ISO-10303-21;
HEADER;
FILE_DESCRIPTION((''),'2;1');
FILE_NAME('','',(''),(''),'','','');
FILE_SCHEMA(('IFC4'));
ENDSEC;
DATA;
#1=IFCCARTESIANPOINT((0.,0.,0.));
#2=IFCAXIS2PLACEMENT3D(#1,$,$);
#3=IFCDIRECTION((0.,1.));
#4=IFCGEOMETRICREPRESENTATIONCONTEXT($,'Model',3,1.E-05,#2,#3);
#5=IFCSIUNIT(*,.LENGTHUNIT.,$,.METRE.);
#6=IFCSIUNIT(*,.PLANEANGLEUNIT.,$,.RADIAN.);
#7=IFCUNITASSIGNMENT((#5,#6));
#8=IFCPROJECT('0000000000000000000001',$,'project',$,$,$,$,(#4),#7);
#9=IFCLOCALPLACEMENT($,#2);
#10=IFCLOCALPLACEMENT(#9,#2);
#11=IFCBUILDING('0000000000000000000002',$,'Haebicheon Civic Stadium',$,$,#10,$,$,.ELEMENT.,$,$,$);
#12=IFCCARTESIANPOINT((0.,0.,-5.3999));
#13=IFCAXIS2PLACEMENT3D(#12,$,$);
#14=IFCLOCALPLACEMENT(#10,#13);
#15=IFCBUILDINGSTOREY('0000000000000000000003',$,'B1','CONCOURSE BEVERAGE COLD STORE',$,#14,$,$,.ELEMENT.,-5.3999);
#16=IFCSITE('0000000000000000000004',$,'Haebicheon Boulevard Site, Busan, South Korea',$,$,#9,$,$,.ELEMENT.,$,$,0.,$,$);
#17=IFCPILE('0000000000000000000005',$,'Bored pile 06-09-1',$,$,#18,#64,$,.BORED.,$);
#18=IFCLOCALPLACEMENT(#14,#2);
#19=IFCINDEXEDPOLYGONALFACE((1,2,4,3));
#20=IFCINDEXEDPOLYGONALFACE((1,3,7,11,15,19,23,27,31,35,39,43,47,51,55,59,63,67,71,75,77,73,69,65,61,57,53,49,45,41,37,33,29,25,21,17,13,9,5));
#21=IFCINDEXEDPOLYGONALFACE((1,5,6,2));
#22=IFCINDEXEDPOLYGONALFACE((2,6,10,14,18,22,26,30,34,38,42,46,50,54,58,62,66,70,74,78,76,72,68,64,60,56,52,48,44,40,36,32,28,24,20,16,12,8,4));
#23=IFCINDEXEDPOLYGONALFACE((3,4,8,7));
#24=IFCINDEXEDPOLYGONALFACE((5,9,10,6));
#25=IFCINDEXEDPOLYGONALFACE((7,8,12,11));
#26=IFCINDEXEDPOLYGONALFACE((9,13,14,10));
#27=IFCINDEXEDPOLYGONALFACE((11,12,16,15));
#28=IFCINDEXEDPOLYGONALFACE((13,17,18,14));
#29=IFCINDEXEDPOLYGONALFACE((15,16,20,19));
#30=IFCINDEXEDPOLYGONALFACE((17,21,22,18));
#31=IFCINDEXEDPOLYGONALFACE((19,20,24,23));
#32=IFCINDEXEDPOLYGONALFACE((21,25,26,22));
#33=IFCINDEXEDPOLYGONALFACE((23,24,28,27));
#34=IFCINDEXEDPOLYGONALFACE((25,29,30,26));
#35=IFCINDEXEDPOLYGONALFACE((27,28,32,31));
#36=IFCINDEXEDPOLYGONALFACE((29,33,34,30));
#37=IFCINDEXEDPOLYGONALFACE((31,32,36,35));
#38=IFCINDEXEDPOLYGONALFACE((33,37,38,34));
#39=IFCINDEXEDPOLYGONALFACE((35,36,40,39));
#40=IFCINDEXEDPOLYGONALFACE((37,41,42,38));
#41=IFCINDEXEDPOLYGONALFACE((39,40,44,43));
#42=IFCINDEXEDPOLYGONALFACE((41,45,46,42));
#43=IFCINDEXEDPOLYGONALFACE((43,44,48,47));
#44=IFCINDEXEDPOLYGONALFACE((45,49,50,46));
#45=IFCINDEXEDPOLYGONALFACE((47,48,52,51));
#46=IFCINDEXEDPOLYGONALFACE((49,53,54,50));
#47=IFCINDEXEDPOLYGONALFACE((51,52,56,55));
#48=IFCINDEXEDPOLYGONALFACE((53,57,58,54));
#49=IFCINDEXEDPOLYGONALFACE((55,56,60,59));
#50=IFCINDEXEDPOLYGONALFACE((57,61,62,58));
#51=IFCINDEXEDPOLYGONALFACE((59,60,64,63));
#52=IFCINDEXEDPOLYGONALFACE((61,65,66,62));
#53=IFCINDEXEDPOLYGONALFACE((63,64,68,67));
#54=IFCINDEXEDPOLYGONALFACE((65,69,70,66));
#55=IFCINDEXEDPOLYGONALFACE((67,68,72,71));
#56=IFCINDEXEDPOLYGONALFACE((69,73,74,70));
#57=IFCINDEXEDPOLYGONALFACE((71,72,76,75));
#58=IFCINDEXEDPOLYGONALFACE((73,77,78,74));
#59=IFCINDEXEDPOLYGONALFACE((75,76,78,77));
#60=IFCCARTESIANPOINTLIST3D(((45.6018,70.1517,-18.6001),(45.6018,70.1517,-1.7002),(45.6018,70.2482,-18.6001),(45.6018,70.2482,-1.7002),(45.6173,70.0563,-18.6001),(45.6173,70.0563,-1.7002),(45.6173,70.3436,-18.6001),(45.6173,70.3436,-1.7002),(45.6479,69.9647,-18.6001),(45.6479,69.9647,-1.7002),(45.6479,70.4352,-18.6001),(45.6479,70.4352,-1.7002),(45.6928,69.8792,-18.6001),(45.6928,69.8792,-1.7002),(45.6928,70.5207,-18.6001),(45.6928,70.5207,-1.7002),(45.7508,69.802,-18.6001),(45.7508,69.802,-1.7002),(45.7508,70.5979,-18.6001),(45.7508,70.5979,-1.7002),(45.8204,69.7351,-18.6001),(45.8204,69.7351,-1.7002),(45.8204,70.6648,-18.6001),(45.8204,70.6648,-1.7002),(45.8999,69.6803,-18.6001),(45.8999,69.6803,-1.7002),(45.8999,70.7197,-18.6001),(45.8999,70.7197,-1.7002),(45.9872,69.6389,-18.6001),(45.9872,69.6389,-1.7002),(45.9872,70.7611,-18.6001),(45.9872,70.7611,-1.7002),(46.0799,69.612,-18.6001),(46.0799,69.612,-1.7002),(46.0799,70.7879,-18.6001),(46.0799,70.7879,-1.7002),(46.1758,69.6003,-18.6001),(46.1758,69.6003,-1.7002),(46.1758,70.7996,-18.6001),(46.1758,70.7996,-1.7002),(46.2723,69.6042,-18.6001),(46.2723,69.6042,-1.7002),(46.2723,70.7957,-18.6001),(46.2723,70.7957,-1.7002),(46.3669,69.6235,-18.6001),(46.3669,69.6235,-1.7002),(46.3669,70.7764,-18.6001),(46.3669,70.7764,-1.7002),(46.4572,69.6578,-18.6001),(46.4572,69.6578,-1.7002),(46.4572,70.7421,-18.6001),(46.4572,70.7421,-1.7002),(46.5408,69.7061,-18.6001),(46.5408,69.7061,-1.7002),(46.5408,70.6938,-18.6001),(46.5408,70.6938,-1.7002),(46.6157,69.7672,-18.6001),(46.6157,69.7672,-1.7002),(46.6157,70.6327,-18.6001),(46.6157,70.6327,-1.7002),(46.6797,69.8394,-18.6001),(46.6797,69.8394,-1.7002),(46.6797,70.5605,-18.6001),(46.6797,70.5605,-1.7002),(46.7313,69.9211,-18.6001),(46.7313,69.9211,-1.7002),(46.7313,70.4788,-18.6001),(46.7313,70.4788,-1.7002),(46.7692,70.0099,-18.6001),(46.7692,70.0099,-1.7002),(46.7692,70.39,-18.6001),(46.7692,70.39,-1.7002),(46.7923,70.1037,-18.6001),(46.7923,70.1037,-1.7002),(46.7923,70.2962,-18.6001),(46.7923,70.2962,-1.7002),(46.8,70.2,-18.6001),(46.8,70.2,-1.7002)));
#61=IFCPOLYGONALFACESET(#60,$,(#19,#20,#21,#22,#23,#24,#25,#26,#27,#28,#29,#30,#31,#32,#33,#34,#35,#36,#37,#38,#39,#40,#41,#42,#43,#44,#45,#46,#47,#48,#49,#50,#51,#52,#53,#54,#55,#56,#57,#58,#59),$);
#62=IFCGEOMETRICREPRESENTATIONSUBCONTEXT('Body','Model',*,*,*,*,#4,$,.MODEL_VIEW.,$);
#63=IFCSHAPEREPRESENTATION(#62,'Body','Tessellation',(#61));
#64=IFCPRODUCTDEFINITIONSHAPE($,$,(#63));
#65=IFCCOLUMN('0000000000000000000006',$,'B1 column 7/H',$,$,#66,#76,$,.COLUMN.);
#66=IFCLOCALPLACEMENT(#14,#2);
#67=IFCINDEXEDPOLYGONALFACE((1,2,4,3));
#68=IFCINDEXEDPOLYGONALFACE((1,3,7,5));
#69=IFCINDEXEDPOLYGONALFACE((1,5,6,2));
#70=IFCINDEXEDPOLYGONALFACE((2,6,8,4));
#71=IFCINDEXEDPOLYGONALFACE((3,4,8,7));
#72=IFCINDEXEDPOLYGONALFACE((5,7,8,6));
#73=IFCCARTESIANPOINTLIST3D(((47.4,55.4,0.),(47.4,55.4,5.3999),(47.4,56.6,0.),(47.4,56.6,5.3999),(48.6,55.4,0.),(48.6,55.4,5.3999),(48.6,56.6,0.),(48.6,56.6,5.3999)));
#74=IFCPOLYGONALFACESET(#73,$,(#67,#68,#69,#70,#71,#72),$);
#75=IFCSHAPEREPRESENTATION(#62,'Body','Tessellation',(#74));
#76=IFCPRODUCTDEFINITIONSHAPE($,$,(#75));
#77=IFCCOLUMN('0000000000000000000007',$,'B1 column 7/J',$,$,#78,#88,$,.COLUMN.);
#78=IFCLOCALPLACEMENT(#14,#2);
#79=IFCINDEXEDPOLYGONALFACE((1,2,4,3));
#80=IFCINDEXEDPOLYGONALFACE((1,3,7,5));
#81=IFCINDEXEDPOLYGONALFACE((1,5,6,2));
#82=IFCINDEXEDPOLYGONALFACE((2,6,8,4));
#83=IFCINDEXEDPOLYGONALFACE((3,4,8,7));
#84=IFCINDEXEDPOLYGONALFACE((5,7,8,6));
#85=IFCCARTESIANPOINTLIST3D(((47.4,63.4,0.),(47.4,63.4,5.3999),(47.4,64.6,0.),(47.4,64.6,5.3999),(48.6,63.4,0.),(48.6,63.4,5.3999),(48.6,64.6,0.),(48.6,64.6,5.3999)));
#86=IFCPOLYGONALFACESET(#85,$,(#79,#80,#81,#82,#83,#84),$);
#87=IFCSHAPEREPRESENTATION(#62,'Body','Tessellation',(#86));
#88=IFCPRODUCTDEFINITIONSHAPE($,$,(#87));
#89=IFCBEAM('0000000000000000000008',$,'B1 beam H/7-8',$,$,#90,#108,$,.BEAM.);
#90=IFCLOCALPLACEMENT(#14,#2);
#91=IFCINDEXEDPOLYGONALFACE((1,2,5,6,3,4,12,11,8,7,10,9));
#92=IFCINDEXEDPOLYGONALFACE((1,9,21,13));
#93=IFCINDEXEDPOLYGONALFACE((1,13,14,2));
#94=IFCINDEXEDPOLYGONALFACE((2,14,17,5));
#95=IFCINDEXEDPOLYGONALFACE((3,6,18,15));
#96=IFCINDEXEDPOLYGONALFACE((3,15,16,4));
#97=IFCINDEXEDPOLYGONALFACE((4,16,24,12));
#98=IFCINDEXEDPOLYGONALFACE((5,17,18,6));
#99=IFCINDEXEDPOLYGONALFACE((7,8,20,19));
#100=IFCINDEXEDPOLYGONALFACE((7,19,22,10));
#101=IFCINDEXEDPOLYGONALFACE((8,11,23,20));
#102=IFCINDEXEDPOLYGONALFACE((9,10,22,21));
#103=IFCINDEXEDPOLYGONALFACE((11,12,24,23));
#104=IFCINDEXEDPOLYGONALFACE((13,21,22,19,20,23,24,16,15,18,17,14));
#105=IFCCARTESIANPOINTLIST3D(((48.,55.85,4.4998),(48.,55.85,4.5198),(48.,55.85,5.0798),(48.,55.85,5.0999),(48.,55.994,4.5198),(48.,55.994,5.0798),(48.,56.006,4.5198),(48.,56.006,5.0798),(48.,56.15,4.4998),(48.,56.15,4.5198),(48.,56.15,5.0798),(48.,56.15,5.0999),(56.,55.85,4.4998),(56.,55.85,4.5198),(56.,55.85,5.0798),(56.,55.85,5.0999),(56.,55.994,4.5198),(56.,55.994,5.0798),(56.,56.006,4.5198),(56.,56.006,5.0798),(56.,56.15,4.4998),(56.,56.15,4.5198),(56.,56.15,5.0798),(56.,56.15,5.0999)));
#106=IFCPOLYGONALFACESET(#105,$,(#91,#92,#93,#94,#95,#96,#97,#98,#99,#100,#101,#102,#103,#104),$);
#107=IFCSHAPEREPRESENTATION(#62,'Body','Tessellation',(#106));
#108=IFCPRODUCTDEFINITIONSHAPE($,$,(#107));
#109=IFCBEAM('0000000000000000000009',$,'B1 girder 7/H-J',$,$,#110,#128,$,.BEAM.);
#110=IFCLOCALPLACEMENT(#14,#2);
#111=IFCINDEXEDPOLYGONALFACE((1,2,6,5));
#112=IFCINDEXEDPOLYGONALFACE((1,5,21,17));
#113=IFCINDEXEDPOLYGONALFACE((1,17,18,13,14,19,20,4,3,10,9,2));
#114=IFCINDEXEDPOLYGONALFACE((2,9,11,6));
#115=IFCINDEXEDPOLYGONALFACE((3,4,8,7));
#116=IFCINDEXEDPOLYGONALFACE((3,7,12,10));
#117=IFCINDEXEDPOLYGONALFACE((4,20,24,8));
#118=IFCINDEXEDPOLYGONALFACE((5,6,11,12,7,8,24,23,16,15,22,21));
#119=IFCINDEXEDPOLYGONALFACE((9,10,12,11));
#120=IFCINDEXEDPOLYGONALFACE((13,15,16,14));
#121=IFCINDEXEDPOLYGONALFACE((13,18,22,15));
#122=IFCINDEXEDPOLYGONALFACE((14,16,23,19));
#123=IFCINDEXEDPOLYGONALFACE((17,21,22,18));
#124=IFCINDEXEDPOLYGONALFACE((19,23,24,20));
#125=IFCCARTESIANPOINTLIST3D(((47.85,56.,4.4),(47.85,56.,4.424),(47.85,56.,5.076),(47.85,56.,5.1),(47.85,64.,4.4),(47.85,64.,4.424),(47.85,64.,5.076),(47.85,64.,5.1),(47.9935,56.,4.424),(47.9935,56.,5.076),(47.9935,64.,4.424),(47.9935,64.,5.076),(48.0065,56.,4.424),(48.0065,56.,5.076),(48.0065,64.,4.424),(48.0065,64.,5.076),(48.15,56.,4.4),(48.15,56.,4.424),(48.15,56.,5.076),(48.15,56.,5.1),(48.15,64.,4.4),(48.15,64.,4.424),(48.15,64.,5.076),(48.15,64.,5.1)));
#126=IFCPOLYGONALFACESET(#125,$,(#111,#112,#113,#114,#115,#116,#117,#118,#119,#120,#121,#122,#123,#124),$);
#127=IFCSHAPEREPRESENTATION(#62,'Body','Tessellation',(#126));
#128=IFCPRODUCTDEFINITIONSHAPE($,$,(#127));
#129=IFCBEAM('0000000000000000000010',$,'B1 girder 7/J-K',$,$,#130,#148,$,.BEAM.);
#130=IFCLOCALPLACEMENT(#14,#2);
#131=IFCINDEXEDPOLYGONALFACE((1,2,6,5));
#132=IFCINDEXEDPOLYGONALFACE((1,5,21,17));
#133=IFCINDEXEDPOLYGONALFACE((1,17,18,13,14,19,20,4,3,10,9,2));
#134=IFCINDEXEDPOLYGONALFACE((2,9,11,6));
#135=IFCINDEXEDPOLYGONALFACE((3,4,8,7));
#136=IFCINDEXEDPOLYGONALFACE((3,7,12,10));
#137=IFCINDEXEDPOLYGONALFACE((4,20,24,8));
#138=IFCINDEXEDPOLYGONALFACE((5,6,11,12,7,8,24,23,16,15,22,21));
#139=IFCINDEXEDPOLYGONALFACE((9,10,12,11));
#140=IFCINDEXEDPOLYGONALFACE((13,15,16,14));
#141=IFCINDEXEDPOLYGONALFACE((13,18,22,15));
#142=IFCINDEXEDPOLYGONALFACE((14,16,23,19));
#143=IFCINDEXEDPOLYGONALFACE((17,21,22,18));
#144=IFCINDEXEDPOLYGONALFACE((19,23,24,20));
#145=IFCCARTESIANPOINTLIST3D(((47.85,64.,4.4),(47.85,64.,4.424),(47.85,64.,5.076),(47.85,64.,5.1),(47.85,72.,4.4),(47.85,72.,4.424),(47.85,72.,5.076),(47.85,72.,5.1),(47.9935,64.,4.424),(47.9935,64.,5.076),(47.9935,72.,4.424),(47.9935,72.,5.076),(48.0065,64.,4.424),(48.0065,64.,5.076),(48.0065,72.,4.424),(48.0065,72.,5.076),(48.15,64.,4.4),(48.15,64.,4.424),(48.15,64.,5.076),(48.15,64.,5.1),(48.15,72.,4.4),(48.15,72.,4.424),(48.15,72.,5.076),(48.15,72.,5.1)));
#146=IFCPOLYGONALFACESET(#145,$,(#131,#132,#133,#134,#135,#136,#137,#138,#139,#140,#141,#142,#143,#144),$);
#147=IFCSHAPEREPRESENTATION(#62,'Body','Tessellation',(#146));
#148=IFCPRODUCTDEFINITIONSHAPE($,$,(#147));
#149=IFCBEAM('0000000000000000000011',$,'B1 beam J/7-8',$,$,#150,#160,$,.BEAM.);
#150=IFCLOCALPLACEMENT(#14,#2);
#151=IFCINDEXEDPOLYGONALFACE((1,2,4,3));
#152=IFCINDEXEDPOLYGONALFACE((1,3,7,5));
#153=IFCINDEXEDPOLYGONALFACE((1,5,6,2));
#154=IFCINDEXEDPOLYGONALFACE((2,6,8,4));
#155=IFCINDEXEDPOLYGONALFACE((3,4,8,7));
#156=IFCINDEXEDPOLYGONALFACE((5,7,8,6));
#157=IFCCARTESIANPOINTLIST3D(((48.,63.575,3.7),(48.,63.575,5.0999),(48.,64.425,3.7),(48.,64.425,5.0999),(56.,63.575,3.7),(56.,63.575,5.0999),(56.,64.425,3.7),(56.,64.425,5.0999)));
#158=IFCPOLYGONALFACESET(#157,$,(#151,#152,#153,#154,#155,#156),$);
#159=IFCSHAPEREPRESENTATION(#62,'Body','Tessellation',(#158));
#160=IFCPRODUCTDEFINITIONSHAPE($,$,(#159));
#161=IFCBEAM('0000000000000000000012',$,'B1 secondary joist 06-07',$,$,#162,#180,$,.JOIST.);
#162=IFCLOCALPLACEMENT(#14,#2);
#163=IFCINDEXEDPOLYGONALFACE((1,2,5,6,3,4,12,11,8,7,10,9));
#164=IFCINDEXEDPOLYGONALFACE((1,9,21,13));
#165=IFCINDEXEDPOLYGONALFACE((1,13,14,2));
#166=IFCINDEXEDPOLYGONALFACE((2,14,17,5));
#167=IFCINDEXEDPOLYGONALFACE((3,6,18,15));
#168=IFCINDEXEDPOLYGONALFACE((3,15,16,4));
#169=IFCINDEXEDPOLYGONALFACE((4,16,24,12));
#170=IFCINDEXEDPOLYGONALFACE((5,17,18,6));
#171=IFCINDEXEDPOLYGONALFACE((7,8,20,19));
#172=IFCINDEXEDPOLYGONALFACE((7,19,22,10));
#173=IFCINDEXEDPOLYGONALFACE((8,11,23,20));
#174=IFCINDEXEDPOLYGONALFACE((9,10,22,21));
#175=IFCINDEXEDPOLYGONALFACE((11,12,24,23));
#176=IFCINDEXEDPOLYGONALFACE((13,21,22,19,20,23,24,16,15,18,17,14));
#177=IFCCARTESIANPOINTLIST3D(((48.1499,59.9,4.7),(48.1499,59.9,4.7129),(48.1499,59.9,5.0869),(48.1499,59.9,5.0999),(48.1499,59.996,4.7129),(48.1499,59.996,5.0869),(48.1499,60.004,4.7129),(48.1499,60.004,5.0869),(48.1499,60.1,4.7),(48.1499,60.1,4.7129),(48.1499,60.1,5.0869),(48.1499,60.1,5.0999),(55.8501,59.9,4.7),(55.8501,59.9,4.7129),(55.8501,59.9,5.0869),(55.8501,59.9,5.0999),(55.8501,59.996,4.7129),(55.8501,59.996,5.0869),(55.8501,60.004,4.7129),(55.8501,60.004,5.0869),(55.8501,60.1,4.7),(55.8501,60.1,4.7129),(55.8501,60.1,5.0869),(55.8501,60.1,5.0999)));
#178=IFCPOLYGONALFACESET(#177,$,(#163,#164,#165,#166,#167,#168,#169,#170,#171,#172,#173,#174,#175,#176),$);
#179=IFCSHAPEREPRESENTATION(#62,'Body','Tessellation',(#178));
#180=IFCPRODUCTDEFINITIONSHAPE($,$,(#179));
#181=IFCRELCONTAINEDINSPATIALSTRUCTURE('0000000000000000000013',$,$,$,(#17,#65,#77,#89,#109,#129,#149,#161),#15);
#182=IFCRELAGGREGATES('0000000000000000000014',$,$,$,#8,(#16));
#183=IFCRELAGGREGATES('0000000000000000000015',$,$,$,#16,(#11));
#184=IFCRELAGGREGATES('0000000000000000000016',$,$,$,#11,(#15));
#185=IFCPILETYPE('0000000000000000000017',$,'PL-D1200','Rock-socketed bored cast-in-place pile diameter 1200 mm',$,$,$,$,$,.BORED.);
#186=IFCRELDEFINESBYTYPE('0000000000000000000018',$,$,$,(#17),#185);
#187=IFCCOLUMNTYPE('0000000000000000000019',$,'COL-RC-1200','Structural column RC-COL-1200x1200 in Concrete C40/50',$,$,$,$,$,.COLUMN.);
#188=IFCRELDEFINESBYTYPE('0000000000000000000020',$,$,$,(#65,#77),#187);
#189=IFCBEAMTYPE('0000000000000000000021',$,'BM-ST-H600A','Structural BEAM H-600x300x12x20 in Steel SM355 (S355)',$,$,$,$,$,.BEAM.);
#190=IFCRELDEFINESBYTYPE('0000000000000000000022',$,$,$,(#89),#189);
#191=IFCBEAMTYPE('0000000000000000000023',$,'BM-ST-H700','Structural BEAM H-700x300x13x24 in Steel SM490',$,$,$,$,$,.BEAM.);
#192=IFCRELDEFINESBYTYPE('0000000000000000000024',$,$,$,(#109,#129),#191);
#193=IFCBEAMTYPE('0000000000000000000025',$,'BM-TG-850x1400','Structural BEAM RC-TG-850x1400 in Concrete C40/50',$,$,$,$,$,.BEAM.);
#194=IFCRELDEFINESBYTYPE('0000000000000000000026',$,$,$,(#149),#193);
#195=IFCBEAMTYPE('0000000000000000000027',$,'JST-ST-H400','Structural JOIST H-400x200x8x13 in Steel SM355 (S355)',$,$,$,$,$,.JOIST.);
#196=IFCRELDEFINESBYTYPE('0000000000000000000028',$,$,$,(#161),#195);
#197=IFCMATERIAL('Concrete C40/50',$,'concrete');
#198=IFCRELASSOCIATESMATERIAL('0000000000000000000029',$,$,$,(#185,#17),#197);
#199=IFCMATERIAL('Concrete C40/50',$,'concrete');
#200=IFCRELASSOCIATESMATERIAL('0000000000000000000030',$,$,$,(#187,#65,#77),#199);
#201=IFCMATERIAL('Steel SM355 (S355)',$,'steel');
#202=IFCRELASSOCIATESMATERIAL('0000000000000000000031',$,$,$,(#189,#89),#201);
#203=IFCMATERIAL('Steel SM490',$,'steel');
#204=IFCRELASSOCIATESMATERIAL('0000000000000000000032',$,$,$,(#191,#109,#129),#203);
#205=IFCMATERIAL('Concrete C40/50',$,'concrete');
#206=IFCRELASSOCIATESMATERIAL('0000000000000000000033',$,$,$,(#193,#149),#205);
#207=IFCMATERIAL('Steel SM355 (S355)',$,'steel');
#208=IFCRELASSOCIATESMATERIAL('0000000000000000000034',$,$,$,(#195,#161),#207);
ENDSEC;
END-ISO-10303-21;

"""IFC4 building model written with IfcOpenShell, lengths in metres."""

from ifc_helpers import new_model, si_unit, direction, frame, origin, origin_2d, place, context, subcontext, project, spatial, rectangle, circle, i_section, extrude, material, material_profile, profile_set, type_object, element, save


model = new_model("IFC4")

# Units and contexts
model_context = context("Model", 3, precision=1e-05, world=origin(), true_north=direction((0.0, 1.0)))
body_context = subcontext(model_context, "Body", "Model", "MODEL_VIEW")
ifc_project = project(units=[si_unit("LENGTHUNIT", "METRE"), si_unit("PLANEANGLEUNIT", "RADIAN")], contexts=[model_context])

# Site, building, storey
site_placement = place(None, origin())
site = spatial("IfcSite", under=ifc_project, at=site_placement, Name="Haebicheon Boulevard Site, Busan, South Korea", CompositionType="ELEMENT", RefElevation=0.0)
building_placement = place(site_placement, origin())
building = spatial("IfcBuilding", under=site, at=building_placement, Name="Haebicheon Civic Stadium", CompositionType="ELEMENT")
storey_placement = place(building_placement, frame((0.0, 0.0, -5.3999)))
storey = spatial("IfcBuildingStorey", under=building, at=storey_placement, Name="B1", Description="CONCOURSE BEVERAGE COLD STORE", CompositionType="ELEMENT", Elevation=-5.3999)

# Pile
ifc_material_1 = material(Name="Concrete C40/50", Category="concrete")
ifc_material_profile_1 = material_profile(ifc_material_1, circle(Radius=0.6001, at=origin_2d()), Name="PILE-D1200")
ifc_profile_set_1 = profile_set([ifc_material_profile_1], Name="Concrete C40/50")
pile_type = type_object("IfcPileType", Name="PL-D1200", Description="Rock-socketed bored cast-in-place pile diameter 1200 mm", PredefinedType="BORED", material=ifc_profile_set_1)
pile_placement = place(storey_placement, frame((46.2, 70.2, -1.7002), z_axis=(0.0, 0.0, -1.0), x_axis=(1.0, 0.0, 0.0)))
element("IfcPile", 1, at=pile_placement, inside=storey, type_object=pile_type, material=ifc_profile_set_1, Name="Bored pile 06-09-1", PredefinedType="BORED", context=body_context, shape_type="SweptSolid", body=[
    extrude(circle(Radius=0.6001, at=origin_2d()), origin(), (0.0, 0.0, 1.0), 16.8999),
])

# Columns
ifc_material_2 = material(Name="Concrete C40/50", Category="concrete")
ifc_material_profile_2 = material_profile(ifc_material_2, rectangle(XDim=1.2, YDim=1.2, at=origin_2d()), Name="RC-COL-1200x1200")
ifc_profile_set_2 = profile_set([ifc_material_profile_2], Name="Concrete C40/50")
column_type = type_object("IfcColumnType", Name="COL-RC-1200", Description="Structural column RC-COL-1200x1200 in Concrete C40/50", PredefinedType="COLUMN", material=ifc_profile_set_2)
for number, where, z_axis, x_axis, name in (
    (2, (48.0, 56.0, 0.0), (0.0, 0.0, 1.0), (1.0, 0.0, 0.0), "B1 column 7/H"),
    (3, (48.0, 64.0, 0.0), (0.0, 0.0, 1.0), (1.0, 0.0, 0.0), "B1 column 7/J"),
):
    element("IfcColumn", number, at=place(storey_placement, frame(where, z_axis=z_axis, x_axis=x_axis)), inside=storey, type_object=column_type, material=ifc_profile_set_2, Name=name, PredefinedType="COLUMN", context=body_context, shape_type="SweptSolid", body=[
        extrude(rectangle(XDim=1.2, YDim=1.2, at=origin_2d()), origin(), (0.0, 0.0, 1.0), 5.3999),
    ])

# Beams
ifc_material_3 = material(Name="Steel SM355 (S355)", Category="steel")
ifc_material_profile_3 = material_profile(ifc_material_3, i_section(OverallWidth=0.3, OverallDepth=0.6001, WebThickness=0.012, FlangeThickness=0.02, at=origin_2d()), Name="H-600x300x12x20")
ifc_profile_set_3 = profile_set([ifc_material_profile_3], Name="Steel SM355 (S355)")
beam_type_1 = type_object("IfcBeamType", Name="BM-ST-H600A", Description="Structural BEAM H-600x300x12x20 in Steel SM355 (S355)", PredefinedType="BEAM", material=ifc_profile_set_3)
beam_1_placement = place(storey_placement, frame((48.0, 56.0, 4.7998), z_axis=(1.0, 0.0, 0.0), x_axis=(0.0, 1.0, 0.0)))
element("IfcBeam", 4, at=beam_1_placement, inside=storey, type_object=beam_type_1, material=ifc_profile_set_3, Name="B1 beam H/7-8", PredefinedType="BEAM", context=body_context, shape_type="SweptSolid", body=[
    extrude(i_section(OverallWidth=0.3, OverallDepth=0.6001, WebThickness=0.012, FlangeThickness=0.02, at=origin_2d()), origin(), (0.0, 0.0, 1.0), 8.0),
])
ifc_material_4 = material(Name="Steel SM490", Category="steel")
ifc_material_profile_4 = material_profile(ifc_material_4, i_section(OverallWidth=0.3, OverallDepth=0.7, WebThickness=0.0129, FlangeThickness=0.0239, at=origin_2d()), Name="H-700x300x13x24")
ifc_profile_set_4 = profile_set([ifc_material_profile_4], Name="Steel SM490")
beam_type_2 = type_object("IfcBeamType", Name="BM-ST-H700", Description="Structural BEAM H-700x300x13x24 in Steel SM490", PredefinedType="BEAM", material=ifc_profile_set_4)
for number, where, z_axis, x_axis, name in (
    (5, (48.0, 56.0, 4.75), (0.0, 1.0, 0.0), (-1.0, 0.0, 0.0), "B1 girder 7/H-J"),
    (6, (48.0, 64.0, 4.75), (0.0, 1.0, 0.0), (-1.0, 0.0, 0.0), "B1 girder 7/J-K"),
):
    element("IfcBeam", number, at=place(storey_placement, frame(where, z_axis=z_axis, x_axis=x_axis)), inside=storey, type_object=beam_type_2, material=ifc_profile_set_4, Name=name, PredefinedType="BEAM", context=body_context, shape_type="SweptSolid", body=[
        extrude(i_section(OverallWidth=0.3, OverallDepth=0.7, WebThickness=0.0129, FlangeThickness=0.0239, at=origin_2d()), origin(), (0.0, 0.0, 1.0), 8.0),
    ])
ifc_material_5 = material(Name="Concrete C40/50", Category="concrete")
ifc_material_profile_5 = material_profile(ifc_material_5, rectangle(XDim=0.8501, YDim=1.3999, at=origin_2d()), Name="RC-TG-850x1400")
ifc_profile_set_5 = profile_set([ifc_material_profile_5], Name="Concrete C40/50")
beam_type_3 = type_object("IfcBeamType", Name="BM-TG-850x1400", Description="Structural BEAM RC-TG-850x1400 in Concrete C40/50", PredefinedType="BEAM", material=ifc_profile_set_5)
beam_2_placement = place(storey_placement, frame((48.0, 64.0, 4.3999), z_axis=(1.0, 0.0, 0.0), x_axis=(0.0, 1.0, 0.0)))
element("IfcBeam", 7, at=beam_2_placement, inside=storey, type_object=beam_type_3, material=ifc_profile_set_5, Name="B1 beam J/7-8", PredefinedType="BEAM", context=body_context, shape_type="SweptSolid", body=[
    extrude(rectangle(XDim=0.8501, YDim=1.3999, at=origin_2d()), origin(), (0.0, 0.0, 1.0), 8.0),
])
ifc_material_6 = material(Name="Steel SM355 (S355)", Category="steel")
ifc_material_profile_6 = material_profile(ifc_material_6, i_section(OverallWidth=0.2, OverallDepth=0.3999, WebThickness=0.0081, FlangeThickness=0.0129, at=origin_2d()), Name="H-400x200x8x13")
ifc_profile_set_6 = profile_set([ifc_material_profile_6], Name="Steel SM355 (S355)")
beam_type_4 = type_object("IfcBeamType", Name="JST-ST-H400", Description="Structural JOIST H-400x200x8x13 in Steel SM355 (S355)", PredefinedType="JOIST", material=ifc_profile_set_6)
for number, where, z_axis, x_axis, name in (
    (8, (48.1499, 60.0, 4.8999), (1.0, 0.0, 0.0), (0.0, 1.0, 0.0), "B1 secondary joist 06-07"),
):
    element("IfcBeam", number, at=place(storey_placement, frame(where, z_axis=z_axis, x_axis=x_axis)), inside=storey, type_object=beam_type_4, material=ifc_profile_set_6, Name=name, PredefinedType="JOIST", context=body_context, shape_type="SweptSolid", body=[
        extrude(i_section(OverallWidth=0.2, OverallDepth=0.3999, WebThickness=0.0081, FlangeThickness=0.0129, at=origin_2d()), origin(), (0.0, 0.0, 1.0), 7.7002),
    ])

save(model, "model.ifc")
